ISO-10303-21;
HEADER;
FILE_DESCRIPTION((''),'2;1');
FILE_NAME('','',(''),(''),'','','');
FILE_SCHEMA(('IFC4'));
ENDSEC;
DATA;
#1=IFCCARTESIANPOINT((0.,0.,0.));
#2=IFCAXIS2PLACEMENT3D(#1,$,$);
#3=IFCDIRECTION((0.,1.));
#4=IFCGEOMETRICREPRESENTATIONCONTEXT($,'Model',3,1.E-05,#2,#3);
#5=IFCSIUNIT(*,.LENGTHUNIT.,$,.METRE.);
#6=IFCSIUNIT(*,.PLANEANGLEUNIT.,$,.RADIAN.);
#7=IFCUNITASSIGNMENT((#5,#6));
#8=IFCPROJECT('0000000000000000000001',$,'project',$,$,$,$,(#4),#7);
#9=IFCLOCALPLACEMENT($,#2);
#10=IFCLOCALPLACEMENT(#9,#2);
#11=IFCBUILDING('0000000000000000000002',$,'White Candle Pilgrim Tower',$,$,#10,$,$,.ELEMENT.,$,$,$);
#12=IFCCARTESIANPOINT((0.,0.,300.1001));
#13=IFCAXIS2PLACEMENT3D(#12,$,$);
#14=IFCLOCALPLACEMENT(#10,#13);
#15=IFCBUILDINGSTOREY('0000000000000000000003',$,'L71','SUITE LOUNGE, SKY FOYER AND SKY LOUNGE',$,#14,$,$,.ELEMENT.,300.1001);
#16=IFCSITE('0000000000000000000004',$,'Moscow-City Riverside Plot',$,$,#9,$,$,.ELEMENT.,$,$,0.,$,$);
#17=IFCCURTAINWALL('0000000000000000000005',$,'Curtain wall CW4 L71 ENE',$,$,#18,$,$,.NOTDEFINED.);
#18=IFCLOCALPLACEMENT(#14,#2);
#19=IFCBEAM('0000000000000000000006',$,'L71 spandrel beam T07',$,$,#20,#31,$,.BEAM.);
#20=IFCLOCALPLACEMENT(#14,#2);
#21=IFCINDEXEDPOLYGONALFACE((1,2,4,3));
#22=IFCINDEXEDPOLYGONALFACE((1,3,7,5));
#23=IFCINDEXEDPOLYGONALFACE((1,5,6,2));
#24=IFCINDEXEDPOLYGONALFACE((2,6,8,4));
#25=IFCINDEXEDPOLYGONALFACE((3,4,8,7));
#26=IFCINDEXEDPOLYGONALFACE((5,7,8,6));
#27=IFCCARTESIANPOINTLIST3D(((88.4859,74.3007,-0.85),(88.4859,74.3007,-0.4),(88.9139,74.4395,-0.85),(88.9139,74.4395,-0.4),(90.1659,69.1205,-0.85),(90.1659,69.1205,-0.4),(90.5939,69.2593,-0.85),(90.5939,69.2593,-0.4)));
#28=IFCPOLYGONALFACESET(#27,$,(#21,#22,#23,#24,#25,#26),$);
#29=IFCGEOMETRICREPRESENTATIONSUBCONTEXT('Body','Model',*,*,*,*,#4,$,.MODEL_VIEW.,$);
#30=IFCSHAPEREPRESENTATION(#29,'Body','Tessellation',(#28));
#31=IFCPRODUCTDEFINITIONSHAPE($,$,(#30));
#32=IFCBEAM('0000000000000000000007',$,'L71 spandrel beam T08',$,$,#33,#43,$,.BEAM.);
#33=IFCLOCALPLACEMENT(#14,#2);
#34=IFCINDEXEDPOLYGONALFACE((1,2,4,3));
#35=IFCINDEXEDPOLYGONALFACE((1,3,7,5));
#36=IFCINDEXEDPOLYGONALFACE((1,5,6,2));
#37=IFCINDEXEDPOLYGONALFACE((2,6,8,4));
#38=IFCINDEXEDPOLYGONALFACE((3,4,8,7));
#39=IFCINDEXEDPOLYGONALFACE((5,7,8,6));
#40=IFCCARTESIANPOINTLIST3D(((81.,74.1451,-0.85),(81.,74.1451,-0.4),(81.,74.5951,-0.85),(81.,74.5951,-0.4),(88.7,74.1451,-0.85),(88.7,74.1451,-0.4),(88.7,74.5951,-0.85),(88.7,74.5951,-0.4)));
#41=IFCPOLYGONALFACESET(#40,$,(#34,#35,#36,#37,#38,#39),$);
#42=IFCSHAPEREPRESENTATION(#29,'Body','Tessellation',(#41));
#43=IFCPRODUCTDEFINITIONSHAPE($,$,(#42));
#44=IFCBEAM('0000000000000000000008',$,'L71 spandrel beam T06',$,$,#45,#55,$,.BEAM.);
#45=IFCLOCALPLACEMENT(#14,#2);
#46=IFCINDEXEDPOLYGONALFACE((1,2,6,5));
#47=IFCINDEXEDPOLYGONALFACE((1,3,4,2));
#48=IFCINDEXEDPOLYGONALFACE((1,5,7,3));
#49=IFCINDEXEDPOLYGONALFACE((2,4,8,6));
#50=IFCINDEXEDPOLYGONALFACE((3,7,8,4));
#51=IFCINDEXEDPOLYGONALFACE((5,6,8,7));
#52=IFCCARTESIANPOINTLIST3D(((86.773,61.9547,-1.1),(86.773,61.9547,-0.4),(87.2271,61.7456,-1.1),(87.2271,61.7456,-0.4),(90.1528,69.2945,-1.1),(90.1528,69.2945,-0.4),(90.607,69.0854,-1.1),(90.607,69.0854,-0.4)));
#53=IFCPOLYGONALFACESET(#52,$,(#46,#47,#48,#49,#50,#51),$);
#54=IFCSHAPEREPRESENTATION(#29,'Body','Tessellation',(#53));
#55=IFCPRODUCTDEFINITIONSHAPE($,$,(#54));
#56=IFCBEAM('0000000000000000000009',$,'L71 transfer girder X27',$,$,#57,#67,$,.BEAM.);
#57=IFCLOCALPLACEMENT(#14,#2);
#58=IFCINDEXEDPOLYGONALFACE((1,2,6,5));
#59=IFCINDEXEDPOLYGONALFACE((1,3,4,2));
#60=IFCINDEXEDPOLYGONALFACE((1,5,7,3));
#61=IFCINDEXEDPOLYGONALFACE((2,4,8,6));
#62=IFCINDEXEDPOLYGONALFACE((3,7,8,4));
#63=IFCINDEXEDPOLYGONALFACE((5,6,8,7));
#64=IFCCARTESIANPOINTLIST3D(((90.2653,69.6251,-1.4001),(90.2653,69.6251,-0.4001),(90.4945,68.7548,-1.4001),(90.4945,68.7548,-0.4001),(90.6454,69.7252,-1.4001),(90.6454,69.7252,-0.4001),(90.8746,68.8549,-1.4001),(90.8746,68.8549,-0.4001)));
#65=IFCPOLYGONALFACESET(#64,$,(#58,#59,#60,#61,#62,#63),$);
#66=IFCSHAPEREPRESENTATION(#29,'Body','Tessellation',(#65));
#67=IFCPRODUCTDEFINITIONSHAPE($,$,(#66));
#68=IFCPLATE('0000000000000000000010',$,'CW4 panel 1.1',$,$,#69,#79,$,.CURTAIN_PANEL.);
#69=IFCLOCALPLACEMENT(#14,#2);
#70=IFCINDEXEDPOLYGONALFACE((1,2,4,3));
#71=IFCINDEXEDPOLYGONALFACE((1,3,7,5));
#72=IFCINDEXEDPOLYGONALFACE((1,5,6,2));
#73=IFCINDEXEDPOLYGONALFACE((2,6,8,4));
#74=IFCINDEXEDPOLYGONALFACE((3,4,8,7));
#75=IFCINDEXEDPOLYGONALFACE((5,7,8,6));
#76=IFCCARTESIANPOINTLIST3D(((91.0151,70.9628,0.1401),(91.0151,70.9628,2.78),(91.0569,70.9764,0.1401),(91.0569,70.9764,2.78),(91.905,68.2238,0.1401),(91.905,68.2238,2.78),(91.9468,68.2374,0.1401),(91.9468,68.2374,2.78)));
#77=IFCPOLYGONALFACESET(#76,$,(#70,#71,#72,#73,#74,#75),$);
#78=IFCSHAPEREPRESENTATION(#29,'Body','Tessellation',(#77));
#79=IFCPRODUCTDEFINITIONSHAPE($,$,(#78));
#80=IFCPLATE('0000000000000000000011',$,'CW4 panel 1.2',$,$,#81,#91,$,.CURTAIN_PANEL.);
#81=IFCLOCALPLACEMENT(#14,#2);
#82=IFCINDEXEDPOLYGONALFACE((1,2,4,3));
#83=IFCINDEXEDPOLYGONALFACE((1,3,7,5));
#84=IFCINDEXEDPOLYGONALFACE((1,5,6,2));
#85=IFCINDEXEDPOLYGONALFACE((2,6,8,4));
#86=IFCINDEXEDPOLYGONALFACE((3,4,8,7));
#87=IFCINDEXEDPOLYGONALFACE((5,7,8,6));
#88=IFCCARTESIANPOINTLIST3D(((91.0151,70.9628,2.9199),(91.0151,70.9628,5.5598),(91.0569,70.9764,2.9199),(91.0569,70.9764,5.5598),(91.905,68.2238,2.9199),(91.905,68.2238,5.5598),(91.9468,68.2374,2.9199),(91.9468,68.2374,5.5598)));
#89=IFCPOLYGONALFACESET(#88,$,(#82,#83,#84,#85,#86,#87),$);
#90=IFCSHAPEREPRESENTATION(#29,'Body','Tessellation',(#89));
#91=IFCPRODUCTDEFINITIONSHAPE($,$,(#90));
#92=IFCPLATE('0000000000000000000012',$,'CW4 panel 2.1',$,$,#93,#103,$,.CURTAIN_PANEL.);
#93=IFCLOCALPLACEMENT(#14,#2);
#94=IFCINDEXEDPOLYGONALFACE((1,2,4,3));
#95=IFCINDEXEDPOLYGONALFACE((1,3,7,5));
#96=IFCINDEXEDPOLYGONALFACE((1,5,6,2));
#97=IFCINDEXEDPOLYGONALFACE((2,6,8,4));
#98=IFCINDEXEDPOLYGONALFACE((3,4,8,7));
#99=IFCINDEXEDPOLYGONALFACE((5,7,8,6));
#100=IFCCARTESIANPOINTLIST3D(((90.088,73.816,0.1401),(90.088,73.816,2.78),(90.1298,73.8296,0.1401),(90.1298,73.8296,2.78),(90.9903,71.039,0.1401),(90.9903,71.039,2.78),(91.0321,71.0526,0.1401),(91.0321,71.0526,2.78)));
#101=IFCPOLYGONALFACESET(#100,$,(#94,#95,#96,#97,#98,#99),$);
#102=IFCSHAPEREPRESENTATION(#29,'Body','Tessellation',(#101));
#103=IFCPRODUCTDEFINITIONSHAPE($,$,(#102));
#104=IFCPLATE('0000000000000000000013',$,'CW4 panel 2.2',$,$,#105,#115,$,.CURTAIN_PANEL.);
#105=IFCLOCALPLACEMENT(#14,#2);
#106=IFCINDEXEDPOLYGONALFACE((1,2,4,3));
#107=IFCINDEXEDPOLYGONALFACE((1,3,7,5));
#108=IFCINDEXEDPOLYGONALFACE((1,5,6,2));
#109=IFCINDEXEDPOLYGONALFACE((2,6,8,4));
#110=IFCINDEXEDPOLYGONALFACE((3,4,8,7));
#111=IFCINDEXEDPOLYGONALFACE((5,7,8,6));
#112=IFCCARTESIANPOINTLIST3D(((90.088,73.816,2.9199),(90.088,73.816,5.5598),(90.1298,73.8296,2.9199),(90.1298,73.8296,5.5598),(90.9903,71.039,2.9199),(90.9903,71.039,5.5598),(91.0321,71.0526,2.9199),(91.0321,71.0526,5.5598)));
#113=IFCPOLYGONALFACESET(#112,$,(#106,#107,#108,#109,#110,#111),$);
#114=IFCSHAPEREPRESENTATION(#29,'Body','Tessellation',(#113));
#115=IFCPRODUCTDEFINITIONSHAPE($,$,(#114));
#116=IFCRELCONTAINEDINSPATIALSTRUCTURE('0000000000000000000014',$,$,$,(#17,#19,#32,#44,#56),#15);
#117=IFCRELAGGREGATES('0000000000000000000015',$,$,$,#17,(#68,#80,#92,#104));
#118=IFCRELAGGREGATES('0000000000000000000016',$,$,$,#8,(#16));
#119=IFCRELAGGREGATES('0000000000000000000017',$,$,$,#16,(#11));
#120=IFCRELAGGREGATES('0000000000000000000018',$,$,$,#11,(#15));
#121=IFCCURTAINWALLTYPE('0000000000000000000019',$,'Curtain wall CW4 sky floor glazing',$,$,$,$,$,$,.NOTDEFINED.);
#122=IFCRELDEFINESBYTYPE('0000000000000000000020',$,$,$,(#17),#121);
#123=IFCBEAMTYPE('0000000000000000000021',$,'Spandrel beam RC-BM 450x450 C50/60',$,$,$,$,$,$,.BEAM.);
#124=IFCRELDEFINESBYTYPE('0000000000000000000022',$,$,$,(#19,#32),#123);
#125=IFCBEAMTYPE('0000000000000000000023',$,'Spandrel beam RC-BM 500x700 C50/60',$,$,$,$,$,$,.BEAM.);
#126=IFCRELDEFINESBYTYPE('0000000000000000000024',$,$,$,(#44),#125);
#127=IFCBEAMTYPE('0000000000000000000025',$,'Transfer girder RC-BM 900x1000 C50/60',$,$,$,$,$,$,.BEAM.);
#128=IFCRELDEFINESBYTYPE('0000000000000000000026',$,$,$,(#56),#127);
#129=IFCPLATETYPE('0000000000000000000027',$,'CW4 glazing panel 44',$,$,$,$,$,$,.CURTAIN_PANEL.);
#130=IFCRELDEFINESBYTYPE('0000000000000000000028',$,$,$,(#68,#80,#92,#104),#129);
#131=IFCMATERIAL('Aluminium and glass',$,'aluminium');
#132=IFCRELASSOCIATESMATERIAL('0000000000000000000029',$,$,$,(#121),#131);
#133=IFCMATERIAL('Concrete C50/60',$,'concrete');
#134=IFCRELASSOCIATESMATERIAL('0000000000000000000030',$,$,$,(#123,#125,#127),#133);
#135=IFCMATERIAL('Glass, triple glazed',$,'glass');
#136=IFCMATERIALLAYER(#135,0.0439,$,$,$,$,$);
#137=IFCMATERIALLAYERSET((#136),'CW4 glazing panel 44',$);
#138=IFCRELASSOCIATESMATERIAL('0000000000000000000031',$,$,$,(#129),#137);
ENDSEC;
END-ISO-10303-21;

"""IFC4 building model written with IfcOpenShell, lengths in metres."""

from ifc_helpers import new_model, si_unit, direction, frame, origin, origin_2d, place, context, subcontext, project, spatial, rectangle, extrude, material, layer, layer_set, material_profile, profile_set, type_object, element, aggregate, save


model = new_model("IFC4")

# Units and contexts
model_context = context("Model", 3, precision=1e-05, world=origin(), true_north=direction((0.0, 1.0)))
body_context = subcontext(model_context, "Body", "Model", "MODEL_VIEW")
ifc_project = project(units=[si_unit("LENGTHUNIT", "METRE"), si_unit("PLANEANGLEUNIT", "RADIAN")], contexts=[model_context])

# Site, building, storey
site_placement = place(None, origin())
site = spatial("IfcSite", under=ifc_project, at=site_placement, Name="Moscow-City Riverside Plot", CompositionType="ELEMENT", RefElevation=0.0)
building_placement = place(site_placement, origin())
building = spatial("IfcBuilding", under=site, at=building_placement, Name="White Candle Pilgrim Tower", CompositionType="ELEMENT")
storey_placement = place(building_placement, frame((0.0, 0.0, 300.1001)))
storey = spatial("IfcBuildingStorey", under=building, at=storey_placement, Name="L71", Description="SUITE LOUNGE, SKY FOYER AND SKY LOUNGE", CompositionType="ELEMENT", Elevation=300.1001)

# Curtain wall
ifc_material_1 = material(Name="Aluminium and glass", Category="aluminium")
curtain_wall_type = type_object("IfcCurtainWallType", Name="Curtain wall CW4 sky floor glazing", PredefinedType="NOTDEFINED", material=ifc_material_1)
curtain_wall_placement = place(storey_placement, origin())
curtain_wall = element("IfcCurtainWall", 1, at=curtain_wall_placement, inside=storey, type_object=curtain_wall_type, Name="Curtain wall CW4 L71 ENE", PredefinedType="NOTDEFINED")

# Beams
ifc_material_2 = material(Name="Concrete C50/60", Category="concrete")
ifc_material_profile_1 = material_profile(ifc_material_2, rectangle(XDim=0.45, YDim=0.45, at=origin_2d()), Name="RC-BM 450x450")
ifc_profile_set_1 = profile_set([ifc_material_profile_1], Name="Concrete C50/60")
beam_type_1 = type_object("IfcBeamType", Name="Spandrel beam RC-BM 450x450 C50/60", PredefinedType="BEAM", material=ifc_profile_set_1)
beam_1_placement = place(storey_placement, frame((90.3799, 69.1899, -0.625), z_axis=(-0.308484, 0.95123, 0.0), x_axis=(-0.95123, -0.308484, 0.0)))
element("IfcBeam", 2, at=beam_1_placement, inside=storey, type_object=beam_type_1, Name="L71 spandrel beam T07", PredefinedType="BEAM", context=body_context, shape_type="SweptSolid", body=[
    extrude(rectangle(XDim=0.45, YDim=0.45, at=origin_2d()), origin(), (0.0, 0.0, 1.0), 5.4458),
])
beam_2_placement = place(storey_placement, frame((88.7, 74.3701, -0.625), z_axis=(-1.0, 0.0, 0.0), x_axis=(0.0, -1.0, 0.0)))
element("IfcBeam", 3, at=beam_2_placement, inside=storey, type_object=beam_type_1, Name="L71 spandrel beam T08", PredefinedType="BEAM", context=body_context, shape_type="SweptSolid", body=[
    extrude(rectangle(XDim=0.45, YDim=0.45, at=origin_2d()), origin(), (0.0, 0.0, 1.0), 7.7),
])
ifc_material_profile_2 = material_profile(ifc_material_2, rectangle(XDim=0.5, YDim=0.7, at=origin_2d()), Name="RC-BM 500x700")
ifc_profile_set_2 = profile_set([ifc_material_profile_2], Name="Concrete C50/60")
beam_type_2 = type_object("IfcBeamType", Name="Spandrel beam RC-BM 500x700 C50/60", PredefinedType="BEAM", material=ifc_profile_set_2)
beam_3_placement = place(storey_placement, frame((90.3799, 69.1899, -0.75), z_axis=(-0.418269, -0.908323, 0.0), x_axis=(0.908323, -0.418269, 0.0)))
element("IfcBeam", 4, at=beam_3_placement, inside=storey, type_object=beam_type_2, Name="L71 spandrel beam T06", PredefinedType="BEAM", context=body_context, shape_type="SweptSolid", body=[
    extrude(rectangle(XDim=0.5, YDim=0.7, at=origin_2d()), origin(), (0.0, 0.0, 1.0), 8.0806),
])
ifc_material_profile_3 = material_profile(ifc_material_2, rectangle(XDim=0.8999, YDim=1.0, at=origin_2d()), Name="RC-BM 900x1000")
ifc_profile_set_3 = profile_set([ifc_material_profile_3], Name="Concrete C50/60")
beam_type_3 = type_object("IfcBeamType", Name="Transfer girder RC-BM 900x1000 C50/60", PredefinedType="BEAM", material=ifc_profile_set_3)
beam_4_placement = place(storey_placement, frame((90.76, 69.29, -0.9001), z_axis=(-0.967034, -0.254646, 0.0), x_axis=(0.254646, -0.967034, 0.0)))
element("IfcBeam", 5, at=beam_4_placement, inside=storey, type_object=beam_type_3, Name="L71 transfer girder X27", PredefinedType="BEAM", context=body_context, shape_type="SweptSolid", body=[
    extrude(rectangle(XDim=0.8999, YDim=1.0, at=origin_2d()), origin(), (0.0, 0.0, 1.0), 0.3931),
])

# Plates
ifc_material_3 = material(Name="Glass, triple glazed", Category="glass")
ifc_layer = layer(ifc_material_3, 0.0439)
ifc_layer_set = layer_set([ifc_layer], Name="CW4 glazing panel 44")
plate_type = type_object("IfcPlateType", Name="CW4 glazing panel 44", PredefinedType="CURTAIN_PANEL", material=ifc_layer_set)
plate_1_placement = place(storey_placement, frame((91.481, 69.6001, 0.1401), z_axis=(0.0, 0.0, 1.0), x_axis=(-0.309017, 0.951057, 0.0)))
plate_1 = element("IfcPlate", 6, at=plate_1_placement, type_object=plate_type, Name="CW4 panel 1.1", PredefinedType="CURTAIN_PANEL", context=body_context, shape_type="SweptSolid", body=[
    extrude(rectangle(XDim=2.8799, YDim=0.0439, at=origin_2d()), origin(), (0.0, 0.0, 1.0), 2.6399),
])
plate_2_placement = place(storey_placement, frame((91.481, 69.6001, 2.9199), z_axis=(0.0, 0.0, 1.0), x_axis=(-0.309017, 0.951057, 0.0)))
plate_2 = element("IfcPlate", 7, at=plate_2_placement, type_object=plate_type, Name="CW4 panel 1.2", PredefinedType="CURTAIN_PANEL", context=body_context, shape_type="SweptSolid", body=[
    extrude(rectangle(XDim=2.8799, YDim=0.0439, at=origin_2d()), origin(), (0.0, 0.0, 1.0), 2.6399),
])
plate_3_placement = place(storey_placement, frame((90.5601, 72.4343, 0.1401), z_axis=(0.0, 0.0, 1.0), x_axis=(-0.309017, 0.951057, 0.0)))
plate_3 = element("IfcPlate", 8, at=plate_3_placement, type_object=plate_type, Name="CW4 panel 2.1", PredefinedType="CURTAIN_PANEL", context=body_context, shape_type="SweptSolid", body=[
    extrude(rectangle(XDim=2.9199, YDim=0.0439, at=origin_2d()), origin(), (0.0, 0.0, 1.0), 2.6399),
])
plate_4_placement = place(storey_placement, frame((90.5601, 72.4343, 2.9199), z_axis=(0.0, 0.0, 1.0), x_axis=(-0.309017, 0.951057, 0.0)))
plate_4 = element("IfcPlate", 9, at=plate_4_placement, type_object=plate_type, Name="CW4 panel 2.2", PredefinedType="CURTAIN_PANEL", context=body_context, shape_type="SweptSolid", body=[
    extrude(rectangle(XDim=2.9199, YDim=0.0439, at=origin_2d()), origin(), (0.0, 0.0, 1.0), 2.6399),
])
aggregate(curtain_wall, [plate_1, plate_2, plate_3, plate_4])

save(model, "model.ifc")
